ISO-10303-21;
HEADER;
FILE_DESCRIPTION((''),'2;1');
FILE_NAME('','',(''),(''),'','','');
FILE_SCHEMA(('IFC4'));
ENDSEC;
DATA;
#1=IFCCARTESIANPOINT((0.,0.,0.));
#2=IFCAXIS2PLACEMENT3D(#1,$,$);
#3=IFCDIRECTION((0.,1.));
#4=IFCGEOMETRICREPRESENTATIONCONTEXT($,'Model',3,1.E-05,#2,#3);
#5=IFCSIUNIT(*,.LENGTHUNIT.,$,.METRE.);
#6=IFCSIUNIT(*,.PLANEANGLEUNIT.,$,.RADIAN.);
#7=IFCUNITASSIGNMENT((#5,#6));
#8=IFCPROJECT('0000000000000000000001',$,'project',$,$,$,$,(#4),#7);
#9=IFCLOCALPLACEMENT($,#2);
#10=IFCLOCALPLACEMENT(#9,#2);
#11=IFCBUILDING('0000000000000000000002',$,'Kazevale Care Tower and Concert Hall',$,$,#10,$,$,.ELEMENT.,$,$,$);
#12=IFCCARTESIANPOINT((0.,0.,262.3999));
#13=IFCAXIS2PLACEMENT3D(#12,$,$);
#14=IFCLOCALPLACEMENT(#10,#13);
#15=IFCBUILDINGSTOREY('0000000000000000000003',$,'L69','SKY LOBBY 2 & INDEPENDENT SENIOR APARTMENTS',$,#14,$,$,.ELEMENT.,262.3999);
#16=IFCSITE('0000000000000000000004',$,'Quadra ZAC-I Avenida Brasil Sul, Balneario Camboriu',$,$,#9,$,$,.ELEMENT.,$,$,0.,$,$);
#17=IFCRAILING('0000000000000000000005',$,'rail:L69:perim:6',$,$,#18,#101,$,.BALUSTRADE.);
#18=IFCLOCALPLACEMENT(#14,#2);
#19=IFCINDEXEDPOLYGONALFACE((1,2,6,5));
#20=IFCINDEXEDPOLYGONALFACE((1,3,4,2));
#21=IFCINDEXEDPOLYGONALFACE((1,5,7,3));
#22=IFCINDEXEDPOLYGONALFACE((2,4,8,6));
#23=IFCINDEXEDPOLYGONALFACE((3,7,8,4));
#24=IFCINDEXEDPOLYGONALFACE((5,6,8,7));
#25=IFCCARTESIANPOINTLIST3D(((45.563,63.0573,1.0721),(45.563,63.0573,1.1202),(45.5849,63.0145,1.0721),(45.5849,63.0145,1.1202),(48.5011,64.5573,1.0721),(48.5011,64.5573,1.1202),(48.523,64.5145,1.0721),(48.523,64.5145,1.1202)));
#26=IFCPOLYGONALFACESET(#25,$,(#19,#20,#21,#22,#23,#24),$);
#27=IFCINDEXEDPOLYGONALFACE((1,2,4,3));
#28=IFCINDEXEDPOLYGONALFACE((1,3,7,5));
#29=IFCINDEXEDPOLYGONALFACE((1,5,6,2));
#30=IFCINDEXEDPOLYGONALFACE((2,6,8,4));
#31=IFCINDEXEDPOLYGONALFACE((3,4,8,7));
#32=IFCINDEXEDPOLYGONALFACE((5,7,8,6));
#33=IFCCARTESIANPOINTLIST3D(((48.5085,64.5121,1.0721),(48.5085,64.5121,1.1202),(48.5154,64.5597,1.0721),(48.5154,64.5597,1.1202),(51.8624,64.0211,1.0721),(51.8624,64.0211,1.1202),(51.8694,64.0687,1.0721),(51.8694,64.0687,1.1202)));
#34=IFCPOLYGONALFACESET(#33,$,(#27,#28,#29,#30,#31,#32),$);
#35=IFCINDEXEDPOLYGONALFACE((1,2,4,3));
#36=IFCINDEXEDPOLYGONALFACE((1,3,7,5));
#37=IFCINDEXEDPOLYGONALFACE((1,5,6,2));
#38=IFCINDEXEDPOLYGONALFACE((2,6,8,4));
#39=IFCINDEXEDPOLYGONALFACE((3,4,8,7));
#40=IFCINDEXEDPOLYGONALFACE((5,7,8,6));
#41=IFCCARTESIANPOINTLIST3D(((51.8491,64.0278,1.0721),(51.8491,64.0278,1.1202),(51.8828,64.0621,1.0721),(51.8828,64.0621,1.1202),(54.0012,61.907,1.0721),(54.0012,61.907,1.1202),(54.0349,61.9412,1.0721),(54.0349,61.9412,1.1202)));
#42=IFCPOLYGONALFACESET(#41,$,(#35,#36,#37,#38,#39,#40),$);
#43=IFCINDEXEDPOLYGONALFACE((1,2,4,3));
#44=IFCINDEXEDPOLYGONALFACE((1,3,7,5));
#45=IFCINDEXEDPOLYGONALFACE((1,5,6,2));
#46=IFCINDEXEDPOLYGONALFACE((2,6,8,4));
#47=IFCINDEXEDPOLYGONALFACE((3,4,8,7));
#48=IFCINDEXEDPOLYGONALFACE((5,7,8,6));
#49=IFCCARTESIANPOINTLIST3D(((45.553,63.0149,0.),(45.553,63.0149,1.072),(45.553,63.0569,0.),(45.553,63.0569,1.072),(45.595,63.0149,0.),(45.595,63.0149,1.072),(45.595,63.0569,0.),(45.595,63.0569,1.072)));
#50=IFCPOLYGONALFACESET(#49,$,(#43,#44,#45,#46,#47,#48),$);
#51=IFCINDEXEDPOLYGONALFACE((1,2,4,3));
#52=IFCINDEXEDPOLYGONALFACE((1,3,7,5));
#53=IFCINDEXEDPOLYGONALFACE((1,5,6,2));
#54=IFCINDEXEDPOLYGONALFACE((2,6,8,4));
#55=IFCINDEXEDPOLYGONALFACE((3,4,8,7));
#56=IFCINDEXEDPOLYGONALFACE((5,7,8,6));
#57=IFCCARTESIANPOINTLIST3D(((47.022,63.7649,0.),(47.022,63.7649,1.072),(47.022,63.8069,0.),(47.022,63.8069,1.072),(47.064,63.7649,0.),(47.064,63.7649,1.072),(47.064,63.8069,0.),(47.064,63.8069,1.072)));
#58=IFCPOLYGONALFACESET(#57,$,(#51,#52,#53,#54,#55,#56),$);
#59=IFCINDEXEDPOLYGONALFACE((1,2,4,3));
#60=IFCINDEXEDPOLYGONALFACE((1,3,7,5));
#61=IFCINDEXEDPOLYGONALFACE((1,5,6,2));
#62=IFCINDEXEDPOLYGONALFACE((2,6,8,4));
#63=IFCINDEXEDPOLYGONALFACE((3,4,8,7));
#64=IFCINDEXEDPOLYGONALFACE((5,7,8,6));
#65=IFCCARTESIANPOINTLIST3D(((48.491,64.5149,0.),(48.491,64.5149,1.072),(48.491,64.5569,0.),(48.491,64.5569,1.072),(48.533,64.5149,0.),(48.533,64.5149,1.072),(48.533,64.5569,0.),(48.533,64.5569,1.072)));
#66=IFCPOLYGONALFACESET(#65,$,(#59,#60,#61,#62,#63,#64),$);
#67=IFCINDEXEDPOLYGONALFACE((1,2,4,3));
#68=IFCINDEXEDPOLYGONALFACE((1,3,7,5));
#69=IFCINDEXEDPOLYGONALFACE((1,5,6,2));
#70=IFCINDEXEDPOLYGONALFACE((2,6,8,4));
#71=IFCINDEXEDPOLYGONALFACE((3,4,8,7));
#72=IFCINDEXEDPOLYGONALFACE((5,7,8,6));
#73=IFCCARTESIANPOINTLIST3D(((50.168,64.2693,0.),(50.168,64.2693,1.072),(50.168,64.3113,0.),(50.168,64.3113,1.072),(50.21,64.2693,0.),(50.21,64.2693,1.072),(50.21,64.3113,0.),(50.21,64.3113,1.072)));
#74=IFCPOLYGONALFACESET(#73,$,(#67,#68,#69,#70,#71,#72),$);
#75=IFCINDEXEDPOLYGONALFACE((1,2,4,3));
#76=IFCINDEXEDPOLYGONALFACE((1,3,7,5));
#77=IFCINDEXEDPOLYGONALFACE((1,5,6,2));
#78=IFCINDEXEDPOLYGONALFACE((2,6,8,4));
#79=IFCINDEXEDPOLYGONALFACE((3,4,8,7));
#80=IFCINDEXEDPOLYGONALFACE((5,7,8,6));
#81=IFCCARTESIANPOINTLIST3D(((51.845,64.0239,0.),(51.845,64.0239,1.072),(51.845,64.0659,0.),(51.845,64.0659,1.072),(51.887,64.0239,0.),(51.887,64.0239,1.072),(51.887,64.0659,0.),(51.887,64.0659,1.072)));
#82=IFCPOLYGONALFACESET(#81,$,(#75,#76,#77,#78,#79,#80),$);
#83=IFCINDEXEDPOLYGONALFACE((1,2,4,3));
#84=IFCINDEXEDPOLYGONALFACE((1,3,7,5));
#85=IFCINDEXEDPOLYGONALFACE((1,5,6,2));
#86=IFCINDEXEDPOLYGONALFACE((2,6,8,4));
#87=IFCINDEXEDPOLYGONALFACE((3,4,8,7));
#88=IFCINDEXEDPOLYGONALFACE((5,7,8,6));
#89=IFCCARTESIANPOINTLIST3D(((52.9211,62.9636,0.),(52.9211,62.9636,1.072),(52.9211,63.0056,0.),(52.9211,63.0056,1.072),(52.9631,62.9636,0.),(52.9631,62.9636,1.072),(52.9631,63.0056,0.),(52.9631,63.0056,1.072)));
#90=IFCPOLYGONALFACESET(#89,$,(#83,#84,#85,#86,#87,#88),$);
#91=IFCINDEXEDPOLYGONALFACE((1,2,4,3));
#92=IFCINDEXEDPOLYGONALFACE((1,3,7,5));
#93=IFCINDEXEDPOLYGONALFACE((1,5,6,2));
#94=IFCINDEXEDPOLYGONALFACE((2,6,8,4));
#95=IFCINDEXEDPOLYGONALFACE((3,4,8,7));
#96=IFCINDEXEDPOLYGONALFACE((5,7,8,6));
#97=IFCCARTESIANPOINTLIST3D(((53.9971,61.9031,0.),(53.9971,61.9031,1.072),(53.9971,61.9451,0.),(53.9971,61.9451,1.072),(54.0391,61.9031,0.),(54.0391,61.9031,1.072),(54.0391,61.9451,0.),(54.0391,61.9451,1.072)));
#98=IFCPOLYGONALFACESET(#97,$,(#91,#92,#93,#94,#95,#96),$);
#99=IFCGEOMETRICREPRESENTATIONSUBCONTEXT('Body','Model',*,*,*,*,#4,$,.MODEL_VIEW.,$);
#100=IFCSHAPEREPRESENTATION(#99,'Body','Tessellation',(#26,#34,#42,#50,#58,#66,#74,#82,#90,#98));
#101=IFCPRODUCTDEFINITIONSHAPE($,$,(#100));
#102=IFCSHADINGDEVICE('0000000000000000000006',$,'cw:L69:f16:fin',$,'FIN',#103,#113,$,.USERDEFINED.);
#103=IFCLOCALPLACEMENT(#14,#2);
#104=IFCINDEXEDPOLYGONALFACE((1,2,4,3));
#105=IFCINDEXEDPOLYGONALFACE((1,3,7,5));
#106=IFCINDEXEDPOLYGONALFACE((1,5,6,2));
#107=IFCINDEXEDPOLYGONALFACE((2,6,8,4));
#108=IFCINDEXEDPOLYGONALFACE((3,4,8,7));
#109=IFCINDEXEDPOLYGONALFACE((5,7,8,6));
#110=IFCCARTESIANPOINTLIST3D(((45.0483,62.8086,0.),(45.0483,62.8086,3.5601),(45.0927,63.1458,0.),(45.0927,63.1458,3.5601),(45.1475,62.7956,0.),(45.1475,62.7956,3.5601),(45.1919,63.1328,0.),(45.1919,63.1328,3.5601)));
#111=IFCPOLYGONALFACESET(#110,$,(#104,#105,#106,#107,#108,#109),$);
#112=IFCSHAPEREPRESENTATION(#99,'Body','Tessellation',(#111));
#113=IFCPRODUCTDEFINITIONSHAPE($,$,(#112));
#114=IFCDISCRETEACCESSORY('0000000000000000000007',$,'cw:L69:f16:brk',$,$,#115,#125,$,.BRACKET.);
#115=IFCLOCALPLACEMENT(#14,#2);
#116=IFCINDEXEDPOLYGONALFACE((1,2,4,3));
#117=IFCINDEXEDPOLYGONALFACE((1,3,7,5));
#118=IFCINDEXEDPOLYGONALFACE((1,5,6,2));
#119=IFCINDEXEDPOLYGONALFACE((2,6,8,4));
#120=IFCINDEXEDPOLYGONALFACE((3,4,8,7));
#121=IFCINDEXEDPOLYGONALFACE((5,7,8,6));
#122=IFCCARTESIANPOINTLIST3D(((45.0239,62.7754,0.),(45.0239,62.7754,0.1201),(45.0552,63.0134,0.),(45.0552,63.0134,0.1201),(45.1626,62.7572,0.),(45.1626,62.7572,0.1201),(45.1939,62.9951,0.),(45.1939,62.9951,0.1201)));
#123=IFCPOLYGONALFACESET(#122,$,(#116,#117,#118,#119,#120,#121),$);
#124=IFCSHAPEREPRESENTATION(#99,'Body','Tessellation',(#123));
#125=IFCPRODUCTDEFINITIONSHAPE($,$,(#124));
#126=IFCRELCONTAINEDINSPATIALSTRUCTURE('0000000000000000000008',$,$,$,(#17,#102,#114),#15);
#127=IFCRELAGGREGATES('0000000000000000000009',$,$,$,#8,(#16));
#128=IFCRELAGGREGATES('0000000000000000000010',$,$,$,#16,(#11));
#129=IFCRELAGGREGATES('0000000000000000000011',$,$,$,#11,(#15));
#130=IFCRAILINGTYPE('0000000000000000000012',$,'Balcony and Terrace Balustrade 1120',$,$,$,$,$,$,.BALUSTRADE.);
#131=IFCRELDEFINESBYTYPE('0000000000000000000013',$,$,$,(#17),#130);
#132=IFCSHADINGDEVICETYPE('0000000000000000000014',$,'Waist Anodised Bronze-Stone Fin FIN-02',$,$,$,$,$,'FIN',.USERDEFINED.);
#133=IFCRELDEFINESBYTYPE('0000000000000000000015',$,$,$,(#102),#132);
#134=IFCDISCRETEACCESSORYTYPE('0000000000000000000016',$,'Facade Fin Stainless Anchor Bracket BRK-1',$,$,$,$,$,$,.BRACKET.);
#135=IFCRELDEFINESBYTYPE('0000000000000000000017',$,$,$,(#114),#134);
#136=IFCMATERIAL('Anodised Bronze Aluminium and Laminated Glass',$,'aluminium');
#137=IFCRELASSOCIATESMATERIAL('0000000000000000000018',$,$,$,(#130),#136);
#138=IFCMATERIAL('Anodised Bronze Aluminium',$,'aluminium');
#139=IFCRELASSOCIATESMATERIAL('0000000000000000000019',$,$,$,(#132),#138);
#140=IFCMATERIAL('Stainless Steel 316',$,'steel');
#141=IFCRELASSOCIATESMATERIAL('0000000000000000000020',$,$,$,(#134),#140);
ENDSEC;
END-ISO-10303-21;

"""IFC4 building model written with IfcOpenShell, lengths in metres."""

from ifc_helpers import new_model, si_unit, direction, frame, origin, origin_2d, place, context, subcontext, project, spatial, rectangle, extrude, material, type_object, element, save


model = new_model("IFC4")

# Units and contexts
model_context = context("Model", 3, precision=1e-05, world=origin(), true_north=direction((0.0, 1.0)))
body_context = subcontext(model_context, "Body", "Model", "MODEL_VIEW")
ifc_project = project(units=[si_unit("LENGTHUNIT", "METRE"), si_unit("PLANEANGLEUNIT", "RADIAN")], contexts=[model_context])

# Site, building, storey
site_placement = place(None, origin())
site = spatial("IfcSite", under=ifc_project, at=site_placement, Name="Quadra ZAC-I Avenida Brasil Sul, Balneario Camboriu", CompositionType="ELEMENT", RefElevation=0.0)
building_placement = place(site_placement, origin())
building = spatial("IfcBuilding", under=site, at=building_placement, Name="Kazevale Care Tower and Concert Hall", CompositionType="ELEMENT")
storey_placement = place(building_placement, frame((0.0, 0.0, 262.3999)))
storey = spatial("IfcBuildingStorey", under=building, at=storey_placement, Name="L69", Description="SKY LOBBY 2 & INDEPENDENT SENIOR APARTMENTS", CompositionType="ELEMENT", Elevation=262.3999)

# Railing
ifc_material_1 = material(Name="Anodised Bronze Aluminium and Laminated Glass", Category="aluminium")
railing_type = type_object("IfcRailingType", Name="Balcony and Terrace Balustrade 1120", PredefinedType="BALUSTRADE", material=ifc_material_1)
railing_placement = place(storey_placement, frame((45.574, 63.0359, 0.0)))
element("IfcRailing", 1, at=railing_placement, inside=storey, type_object=railing_type, Name="rail:L69:perim:6", PredefinedType="BALUSTRADE", context=body_context, shape_type="SweptSolid", body=[
    extrude(rectangle(XDim=0.0481, YDim=0.0481, at=origin_2d()), frame((0.0, 0.0, 1.0962), z_axis=(0.890636, 0.454717, 0.0), x_axis=(-0.454717, 0.890636, 0.0)), (0.0, 0.0, 1.0), 3.2988),
    extrude(rectangle(XDim=0.0481, YDim=0.0481, at=origin_2d()), frame((2.938, 1.5, 1.0962), z_axis=(0.989455, -0.144839, 0.0), x_axis=(0.144839, 0.989455, 0.0)), (0.0, 0.0, 1.0), 3.3896),
    extrude(rectangle(XDim=0.0481, YDim=0.0481, at=origin_2d()), frame((6.292, 1.009, 1.0962), z_axis=(0.712259, -0.701917, 0.0), x_axis=(0.701917, 0.712259, 0.0)), (0.0, 0.0, 1.0), 3.0215),
    extrude(rectangle(XDim=0.042, YDim=0.042, at=origin_2d()), origin(), (0.0, 0.0, 1.0), 1.072),
    extrude(rectangle(XDim=0.042, YDim=0.042, at=origin_2d()), frame((1.469, 0.75, 0.0)), (0.0, 0.0, 1.0), 1.072),
    extrude(rectangle(XDim=0.042, YDim=0.042, at=origin_2d()), frame((2.938, 1.5, 0.0)), (0.0, 0.0, 1.0), 1.072),
    extrude(rectangle(XDim=0.042, YDim=0.042, at=origin_2d()), frame((4.615, 1.2544, 0.0)), (0.0, 0.0, 1.0), 1.072),
    extrude(rectangle(XDim=0.042, YDim=0.042, at=origin_2d()), frame((6.292, 1.009, 0.0)), (0.0, 0.0, 1.0), 1.072),
    extrude(rectangle(XDim=0.042, YDim=0.042, at=origin_2d()), frame((7.3682, -0.0513, 0.0)), (0.0, 0.0, 1.0), 1.072),
    extrude(rectangle(XDim=0.042, YDim=0.042, at=origin_2d()), frame((8.4441, -1.1118, 0.0)), (0.0, 0.0, 1.0), 1.072),
])

# Shading device
ifc_material_2 = material(Name="Anodised Bronze Aluminium", Category="aluminium")
shading_device_type = type_object("IfcShadingDeviceType", Name="Waist Anodised Bronze-Stone Fin FIN-02", ElementType="FIN", PredefinedType="USERDEFINED", material=ifc_material_2)
shading_device_placement = place(storey_placement, frame((45.1201, 62.9707, 0.0), z_axis=(0.0, 0.0, 1.0), x_axis=(0.130526, 0.991445, 0.0)))
element("IfcShadingDevice", 2, at=shading_device_placement, inside=storey, type_object=shading_device_type, Name="cw:L69:f16:fin", ObjectType="FIN", PredefinedType="USERDEFINED", context=body_context, shape_type="SweptSolid", body=[
    extrude(rectangle(XDim=0.3401, YDim=0.1001, at=origin_2d()), origin(), (0.0, 0.0, 1.0), 3.5601),
])

# Discrete accessory
ifc_material_3 = material(Name="Stainless Steel 316", Category="steel")
discrete_accessory_type = type_object("IfcDiscreteAccessoryType", Name="Facade Fin Stainless Anchor Bracket BRK-1", PredefinedType="BRACKET", material=ifc_material_3)
discrete_accessory_placement = place(storey_placement, frame((45.1089, 62.8853, 0.0), z_axis=(0.0, 0.0, 1.0), x_axis=(0.130526, 0.991445, 0.0)))
element("IfcDiscreteAccessory", 3, at=discrete_accessory_placement, inside=storey, type_object=discrete_accessory_type, Name="cw:L69:f16:brk", PredefinedType="BRACKET", context=body_context, shape_type="SweptSolid", body=[
    extrude(rectangle(XDim=0.24, YDim=0.1399, at=origin_2d()), origin(), (0.0, 0.0, 1.0), 0.1201),
])

save(model, "model.ifc")
